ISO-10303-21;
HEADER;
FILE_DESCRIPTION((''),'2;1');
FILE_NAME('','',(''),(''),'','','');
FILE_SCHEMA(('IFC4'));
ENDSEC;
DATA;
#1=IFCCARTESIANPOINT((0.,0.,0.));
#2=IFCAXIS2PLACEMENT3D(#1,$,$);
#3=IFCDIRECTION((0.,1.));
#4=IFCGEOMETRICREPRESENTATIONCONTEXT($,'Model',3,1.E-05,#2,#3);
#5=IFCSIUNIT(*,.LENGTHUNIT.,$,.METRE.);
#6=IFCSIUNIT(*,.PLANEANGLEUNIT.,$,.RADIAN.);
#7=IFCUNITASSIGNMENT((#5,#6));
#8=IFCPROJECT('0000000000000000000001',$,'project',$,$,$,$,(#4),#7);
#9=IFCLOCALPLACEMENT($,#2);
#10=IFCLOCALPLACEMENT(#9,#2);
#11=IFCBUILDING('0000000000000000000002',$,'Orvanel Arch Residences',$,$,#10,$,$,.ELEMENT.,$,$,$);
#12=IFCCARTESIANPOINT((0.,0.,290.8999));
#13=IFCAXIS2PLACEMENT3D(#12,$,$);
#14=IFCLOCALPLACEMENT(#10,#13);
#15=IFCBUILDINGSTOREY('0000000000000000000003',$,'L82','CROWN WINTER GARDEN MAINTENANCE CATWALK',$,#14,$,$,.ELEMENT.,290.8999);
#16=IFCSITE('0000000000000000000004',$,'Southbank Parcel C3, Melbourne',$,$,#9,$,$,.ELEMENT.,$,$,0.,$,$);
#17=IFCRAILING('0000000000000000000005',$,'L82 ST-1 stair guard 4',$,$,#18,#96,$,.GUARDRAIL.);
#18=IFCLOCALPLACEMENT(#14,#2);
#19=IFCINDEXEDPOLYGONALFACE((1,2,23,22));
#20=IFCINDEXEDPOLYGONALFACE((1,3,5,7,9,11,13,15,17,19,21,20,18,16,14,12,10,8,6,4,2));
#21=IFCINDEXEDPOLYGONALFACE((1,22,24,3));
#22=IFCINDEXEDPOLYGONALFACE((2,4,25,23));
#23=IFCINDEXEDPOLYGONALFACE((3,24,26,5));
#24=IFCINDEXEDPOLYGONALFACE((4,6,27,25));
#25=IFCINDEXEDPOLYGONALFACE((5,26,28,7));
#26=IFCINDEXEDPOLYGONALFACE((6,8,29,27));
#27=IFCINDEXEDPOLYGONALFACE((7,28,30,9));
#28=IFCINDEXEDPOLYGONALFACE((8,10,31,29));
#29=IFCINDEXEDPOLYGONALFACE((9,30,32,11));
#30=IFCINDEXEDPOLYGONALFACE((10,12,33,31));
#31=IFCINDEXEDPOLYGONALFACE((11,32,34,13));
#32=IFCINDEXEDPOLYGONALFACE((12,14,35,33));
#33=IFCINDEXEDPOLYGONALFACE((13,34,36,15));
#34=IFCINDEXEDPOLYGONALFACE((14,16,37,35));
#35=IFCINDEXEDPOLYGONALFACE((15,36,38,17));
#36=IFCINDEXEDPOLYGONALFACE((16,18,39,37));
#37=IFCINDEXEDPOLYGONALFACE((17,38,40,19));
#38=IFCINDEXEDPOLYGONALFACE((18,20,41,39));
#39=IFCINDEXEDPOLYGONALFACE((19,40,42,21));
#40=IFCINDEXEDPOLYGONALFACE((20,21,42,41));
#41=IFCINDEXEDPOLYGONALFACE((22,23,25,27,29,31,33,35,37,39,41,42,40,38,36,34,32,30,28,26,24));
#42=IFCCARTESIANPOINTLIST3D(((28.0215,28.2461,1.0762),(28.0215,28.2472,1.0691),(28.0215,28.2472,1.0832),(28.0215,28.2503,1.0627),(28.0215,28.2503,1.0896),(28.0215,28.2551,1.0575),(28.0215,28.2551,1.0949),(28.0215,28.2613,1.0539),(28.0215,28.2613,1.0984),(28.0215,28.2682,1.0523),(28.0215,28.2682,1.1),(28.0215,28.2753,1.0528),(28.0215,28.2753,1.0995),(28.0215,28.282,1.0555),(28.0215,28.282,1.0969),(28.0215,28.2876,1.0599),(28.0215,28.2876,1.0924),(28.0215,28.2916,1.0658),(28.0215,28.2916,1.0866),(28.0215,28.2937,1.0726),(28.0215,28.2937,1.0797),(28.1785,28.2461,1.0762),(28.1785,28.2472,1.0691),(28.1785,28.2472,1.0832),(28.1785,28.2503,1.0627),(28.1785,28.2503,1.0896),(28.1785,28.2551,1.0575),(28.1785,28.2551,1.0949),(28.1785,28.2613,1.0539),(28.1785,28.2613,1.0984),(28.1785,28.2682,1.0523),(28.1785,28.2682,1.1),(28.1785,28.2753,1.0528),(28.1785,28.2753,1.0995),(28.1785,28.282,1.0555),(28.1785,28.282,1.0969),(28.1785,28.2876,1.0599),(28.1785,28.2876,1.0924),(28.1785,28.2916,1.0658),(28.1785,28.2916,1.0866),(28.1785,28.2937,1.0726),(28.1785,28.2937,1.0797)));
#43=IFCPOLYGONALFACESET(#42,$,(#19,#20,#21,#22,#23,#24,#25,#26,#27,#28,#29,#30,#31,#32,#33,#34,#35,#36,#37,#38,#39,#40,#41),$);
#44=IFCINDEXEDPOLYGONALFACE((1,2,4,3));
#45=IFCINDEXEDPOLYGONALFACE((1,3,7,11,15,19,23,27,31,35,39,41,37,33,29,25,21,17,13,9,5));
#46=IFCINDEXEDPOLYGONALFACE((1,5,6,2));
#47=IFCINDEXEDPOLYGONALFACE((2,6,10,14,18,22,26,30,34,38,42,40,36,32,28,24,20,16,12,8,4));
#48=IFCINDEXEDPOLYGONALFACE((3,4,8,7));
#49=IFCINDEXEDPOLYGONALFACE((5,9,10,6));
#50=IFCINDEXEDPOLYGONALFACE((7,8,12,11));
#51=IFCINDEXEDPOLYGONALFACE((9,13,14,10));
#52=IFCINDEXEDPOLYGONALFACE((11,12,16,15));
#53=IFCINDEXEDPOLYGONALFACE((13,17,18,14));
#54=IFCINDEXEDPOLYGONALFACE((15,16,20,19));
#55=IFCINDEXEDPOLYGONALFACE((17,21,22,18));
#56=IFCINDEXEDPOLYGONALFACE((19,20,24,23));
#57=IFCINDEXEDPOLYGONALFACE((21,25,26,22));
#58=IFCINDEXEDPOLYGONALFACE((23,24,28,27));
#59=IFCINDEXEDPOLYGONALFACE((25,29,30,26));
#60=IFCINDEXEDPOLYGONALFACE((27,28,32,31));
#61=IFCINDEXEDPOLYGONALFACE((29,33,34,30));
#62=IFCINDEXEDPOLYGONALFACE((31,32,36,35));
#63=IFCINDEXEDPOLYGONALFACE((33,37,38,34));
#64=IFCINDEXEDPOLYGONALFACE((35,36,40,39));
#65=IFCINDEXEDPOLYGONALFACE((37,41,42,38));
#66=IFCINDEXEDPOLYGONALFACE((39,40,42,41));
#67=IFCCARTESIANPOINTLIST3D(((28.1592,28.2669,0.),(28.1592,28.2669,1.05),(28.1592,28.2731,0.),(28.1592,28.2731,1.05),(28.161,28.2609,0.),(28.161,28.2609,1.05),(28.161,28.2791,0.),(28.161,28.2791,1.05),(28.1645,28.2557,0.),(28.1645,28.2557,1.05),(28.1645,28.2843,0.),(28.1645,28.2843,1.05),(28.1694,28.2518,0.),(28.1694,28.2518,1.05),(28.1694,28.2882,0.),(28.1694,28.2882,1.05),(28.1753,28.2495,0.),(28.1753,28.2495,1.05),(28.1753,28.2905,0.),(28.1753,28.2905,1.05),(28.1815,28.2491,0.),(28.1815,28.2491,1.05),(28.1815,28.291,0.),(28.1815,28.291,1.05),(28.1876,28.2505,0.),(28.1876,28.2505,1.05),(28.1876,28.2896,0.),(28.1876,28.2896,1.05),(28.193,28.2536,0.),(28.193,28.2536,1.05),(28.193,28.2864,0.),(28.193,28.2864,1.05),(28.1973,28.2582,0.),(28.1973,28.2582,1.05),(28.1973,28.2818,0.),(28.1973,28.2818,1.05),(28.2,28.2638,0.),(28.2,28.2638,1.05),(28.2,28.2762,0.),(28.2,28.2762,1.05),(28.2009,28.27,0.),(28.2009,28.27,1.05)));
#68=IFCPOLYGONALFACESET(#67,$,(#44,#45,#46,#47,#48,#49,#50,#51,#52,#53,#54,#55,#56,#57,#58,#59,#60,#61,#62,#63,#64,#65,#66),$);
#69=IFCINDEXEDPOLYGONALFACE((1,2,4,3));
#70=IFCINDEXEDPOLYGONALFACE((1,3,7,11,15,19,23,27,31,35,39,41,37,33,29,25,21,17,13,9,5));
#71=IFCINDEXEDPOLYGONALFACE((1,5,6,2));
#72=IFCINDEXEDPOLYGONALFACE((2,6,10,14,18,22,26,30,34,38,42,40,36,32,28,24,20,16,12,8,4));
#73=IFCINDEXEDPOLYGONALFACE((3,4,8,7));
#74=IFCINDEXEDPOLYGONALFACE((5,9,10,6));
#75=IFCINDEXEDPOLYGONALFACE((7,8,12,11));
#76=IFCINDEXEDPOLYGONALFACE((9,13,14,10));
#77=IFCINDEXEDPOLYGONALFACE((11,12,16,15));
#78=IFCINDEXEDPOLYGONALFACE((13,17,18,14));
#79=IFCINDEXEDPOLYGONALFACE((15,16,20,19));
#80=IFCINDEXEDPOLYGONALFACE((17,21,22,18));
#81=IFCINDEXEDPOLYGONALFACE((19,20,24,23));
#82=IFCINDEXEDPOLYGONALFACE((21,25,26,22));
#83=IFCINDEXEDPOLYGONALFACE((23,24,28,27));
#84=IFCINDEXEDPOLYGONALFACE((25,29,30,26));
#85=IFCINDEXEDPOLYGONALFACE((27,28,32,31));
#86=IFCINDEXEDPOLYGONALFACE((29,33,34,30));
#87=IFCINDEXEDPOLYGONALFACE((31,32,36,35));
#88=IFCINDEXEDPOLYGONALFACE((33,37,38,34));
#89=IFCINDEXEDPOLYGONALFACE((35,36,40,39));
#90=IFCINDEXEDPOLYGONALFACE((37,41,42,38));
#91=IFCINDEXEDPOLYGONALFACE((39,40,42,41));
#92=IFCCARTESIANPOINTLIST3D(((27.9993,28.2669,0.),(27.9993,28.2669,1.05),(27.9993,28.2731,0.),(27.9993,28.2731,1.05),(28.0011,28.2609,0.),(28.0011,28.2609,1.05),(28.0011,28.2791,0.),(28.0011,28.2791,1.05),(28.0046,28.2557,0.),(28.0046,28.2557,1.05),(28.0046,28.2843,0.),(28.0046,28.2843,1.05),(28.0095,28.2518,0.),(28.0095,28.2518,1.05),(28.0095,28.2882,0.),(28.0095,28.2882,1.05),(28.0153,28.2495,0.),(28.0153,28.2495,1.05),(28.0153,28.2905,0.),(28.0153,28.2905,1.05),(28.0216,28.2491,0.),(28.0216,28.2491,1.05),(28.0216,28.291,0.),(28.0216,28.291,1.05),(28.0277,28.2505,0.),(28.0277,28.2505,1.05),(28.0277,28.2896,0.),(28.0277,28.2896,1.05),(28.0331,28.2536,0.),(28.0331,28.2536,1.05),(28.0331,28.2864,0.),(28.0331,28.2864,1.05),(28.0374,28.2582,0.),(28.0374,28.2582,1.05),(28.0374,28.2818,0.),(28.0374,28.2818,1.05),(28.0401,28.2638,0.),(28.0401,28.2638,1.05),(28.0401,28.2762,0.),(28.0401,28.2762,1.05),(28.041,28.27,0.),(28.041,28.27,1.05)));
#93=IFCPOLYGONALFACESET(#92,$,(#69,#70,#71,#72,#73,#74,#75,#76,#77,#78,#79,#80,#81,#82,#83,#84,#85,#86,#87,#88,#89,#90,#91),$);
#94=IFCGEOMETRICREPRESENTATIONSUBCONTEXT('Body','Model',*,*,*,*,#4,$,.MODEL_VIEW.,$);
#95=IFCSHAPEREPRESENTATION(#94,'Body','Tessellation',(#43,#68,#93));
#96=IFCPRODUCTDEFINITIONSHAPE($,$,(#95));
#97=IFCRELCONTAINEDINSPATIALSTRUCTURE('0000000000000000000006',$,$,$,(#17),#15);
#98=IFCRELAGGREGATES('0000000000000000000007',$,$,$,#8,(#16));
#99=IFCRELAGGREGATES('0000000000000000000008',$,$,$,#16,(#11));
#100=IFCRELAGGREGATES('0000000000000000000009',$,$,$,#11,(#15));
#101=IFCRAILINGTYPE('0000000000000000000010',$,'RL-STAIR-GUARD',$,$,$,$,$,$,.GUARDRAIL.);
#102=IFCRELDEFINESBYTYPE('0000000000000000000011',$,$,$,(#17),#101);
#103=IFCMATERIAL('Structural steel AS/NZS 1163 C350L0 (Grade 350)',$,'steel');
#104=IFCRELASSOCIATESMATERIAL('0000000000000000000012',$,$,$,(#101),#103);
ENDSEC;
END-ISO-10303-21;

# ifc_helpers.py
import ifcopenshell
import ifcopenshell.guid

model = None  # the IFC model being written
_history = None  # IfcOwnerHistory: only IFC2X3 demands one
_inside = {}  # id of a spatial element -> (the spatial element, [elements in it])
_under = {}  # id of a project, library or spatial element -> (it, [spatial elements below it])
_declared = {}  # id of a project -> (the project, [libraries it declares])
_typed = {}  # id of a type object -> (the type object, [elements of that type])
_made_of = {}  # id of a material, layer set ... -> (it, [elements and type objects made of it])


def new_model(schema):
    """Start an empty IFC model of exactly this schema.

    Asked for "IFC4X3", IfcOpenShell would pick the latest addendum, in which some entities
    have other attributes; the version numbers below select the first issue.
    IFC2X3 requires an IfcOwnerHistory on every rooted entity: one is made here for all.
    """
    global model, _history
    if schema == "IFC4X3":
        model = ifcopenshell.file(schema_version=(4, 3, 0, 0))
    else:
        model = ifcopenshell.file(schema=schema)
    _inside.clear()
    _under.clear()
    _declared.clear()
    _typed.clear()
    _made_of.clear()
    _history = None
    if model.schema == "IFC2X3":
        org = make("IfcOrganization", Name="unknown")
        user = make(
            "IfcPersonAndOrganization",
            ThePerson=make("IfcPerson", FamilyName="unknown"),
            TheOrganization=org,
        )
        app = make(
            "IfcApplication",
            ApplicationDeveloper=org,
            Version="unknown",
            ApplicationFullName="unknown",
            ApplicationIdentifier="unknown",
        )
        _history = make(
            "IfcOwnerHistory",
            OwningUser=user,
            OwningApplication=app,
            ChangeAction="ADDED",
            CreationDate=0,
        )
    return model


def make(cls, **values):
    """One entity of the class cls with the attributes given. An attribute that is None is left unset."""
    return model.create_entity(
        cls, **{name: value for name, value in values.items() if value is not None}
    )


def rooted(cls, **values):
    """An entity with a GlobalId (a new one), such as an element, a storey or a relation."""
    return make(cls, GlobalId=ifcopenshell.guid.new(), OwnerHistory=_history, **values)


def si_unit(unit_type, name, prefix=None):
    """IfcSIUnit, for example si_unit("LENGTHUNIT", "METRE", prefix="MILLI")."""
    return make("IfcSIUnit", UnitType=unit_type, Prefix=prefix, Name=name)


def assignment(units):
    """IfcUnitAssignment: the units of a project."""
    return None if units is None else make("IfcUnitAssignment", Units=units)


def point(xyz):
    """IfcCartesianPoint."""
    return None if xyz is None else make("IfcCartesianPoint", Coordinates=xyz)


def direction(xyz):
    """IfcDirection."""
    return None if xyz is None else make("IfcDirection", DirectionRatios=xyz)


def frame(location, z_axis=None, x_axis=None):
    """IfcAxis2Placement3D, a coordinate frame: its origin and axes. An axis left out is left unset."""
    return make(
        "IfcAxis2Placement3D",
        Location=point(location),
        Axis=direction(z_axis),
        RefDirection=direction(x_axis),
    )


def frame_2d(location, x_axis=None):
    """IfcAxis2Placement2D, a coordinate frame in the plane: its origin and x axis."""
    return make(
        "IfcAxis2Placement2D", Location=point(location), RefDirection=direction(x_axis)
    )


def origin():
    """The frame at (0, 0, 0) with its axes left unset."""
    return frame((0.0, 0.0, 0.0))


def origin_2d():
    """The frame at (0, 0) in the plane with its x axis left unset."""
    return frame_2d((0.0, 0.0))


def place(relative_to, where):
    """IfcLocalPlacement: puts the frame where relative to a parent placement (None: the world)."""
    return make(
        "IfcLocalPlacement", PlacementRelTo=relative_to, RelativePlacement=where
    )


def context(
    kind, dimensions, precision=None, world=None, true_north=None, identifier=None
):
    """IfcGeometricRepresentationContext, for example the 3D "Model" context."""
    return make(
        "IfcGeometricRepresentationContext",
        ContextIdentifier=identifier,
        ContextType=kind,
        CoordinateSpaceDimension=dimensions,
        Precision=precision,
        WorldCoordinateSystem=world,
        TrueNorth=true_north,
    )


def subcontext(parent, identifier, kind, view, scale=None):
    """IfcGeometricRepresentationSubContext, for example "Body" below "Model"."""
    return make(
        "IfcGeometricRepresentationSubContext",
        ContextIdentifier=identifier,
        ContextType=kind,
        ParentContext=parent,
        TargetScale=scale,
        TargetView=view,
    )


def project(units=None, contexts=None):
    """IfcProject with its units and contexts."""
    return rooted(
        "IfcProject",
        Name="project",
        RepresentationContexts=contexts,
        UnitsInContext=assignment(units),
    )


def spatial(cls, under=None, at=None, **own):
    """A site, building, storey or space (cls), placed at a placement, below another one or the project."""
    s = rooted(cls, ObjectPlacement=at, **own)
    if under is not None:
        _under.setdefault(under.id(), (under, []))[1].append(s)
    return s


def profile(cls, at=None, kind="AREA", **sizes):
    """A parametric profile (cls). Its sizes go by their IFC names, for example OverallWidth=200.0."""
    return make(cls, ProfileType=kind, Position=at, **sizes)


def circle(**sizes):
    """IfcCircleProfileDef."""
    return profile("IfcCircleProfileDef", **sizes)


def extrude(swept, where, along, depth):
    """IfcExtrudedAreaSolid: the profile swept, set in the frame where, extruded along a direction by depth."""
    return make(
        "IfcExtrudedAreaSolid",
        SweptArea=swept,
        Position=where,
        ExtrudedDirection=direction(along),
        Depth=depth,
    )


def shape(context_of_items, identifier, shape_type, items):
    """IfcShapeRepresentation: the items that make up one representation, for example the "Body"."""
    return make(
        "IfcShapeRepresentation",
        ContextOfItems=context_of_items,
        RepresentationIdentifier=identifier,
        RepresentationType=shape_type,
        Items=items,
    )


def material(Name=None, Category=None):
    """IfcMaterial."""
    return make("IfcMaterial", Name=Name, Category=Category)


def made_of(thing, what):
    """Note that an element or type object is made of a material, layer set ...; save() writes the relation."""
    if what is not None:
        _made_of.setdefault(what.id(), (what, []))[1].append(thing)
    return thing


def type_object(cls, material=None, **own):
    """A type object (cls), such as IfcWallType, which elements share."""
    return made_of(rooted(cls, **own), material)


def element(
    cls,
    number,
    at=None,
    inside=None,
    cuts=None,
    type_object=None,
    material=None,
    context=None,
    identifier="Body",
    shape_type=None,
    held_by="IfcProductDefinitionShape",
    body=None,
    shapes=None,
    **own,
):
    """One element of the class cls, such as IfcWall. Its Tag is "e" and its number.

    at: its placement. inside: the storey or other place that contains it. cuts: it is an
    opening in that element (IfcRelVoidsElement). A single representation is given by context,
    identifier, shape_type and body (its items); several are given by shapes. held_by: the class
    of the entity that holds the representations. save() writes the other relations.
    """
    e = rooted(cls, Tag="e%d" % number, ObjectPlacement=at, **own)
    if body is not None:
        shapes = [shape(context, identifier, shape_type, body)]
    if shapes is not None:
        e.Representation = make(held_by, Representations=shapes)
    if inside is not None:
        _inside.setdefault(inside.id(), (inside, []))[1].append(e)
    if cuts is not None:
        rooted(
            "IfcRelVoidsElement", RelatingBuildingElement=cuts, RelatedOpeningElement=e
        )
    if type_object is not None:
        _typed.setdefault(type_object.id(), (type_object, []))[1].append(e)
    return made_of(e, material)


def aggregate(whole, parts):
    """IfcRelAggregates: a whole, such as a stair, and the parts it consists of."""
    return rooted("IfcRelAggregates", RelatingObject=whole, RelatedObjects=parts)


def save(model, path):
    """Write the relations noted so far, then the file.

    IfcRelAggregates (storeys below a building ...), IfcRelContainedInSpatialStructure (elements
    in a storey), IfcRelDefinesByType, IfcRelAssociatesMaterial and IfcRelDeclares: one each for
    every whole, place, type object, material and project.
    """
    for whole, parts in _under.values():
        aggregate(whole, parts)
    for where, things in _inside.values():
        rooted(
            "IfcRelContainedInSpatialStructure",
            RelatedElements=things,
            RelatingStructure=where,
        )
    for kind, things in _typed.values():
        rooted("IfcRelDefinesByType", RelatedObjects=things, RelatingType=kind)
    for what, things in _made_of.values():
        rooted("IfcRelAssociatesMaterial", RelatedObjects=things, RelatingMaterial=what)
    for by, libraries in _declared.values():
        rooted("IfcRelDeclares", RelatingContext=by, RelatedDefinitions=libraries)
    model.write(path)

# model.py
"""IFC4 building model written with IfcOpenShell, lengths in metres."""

from ifc_helpers import new_model, si_unit, direction, frame, origin, origin_2d, place, context, subcontext, project, spatial, circle, extrude, material, type_object, element, save


model = new_model("IFC4")

# Units and contexts
model_context = context("Model", 3, precision=1e-05, world=origin(), true_north=direction((0.0, 1.0)))
body_context = subcontext(model_context, "Body", "Model", "MODEL_VIEW")
ifc_project = project(units=[si_unit("LENGTHUNIT", "METRE"), si_unit("PLANEANGLEUNIT", "RADIAN")], contexts=[model_context])

# Site, building, storey
site_placement = place(None, origin())
site = spatial("IfcSite", under=ifc_project, at=site_placement, Name="Southbank Parcel C3, Melbourne", CompositionType="ELEMENT", RefElevation=0.0)
building_placement = place(site_placement, origin())
building = spatial("IfcBuilding", under=site, at=building_placement, Name="Orvanel Arch Residences", CompositionType="ELEMENT")
storey_placement = place(building_placement, frame((0.0, 0.0, 290.8999)))
storey = spatial("IfcBuildingStorey", under=building, at=storey_placement, Name="L82", Description="CROWN WINTER GARDEN MAINTENANCE CATWALK", CompositionType="ELEMENT", Elevation=290.8999)

# Shared definitions
ifc_material_1 = material(Name="Structural steel AS/NZS 1163 C350L0 (Grade 350)", Category="steel")

# Railing
railing_type_1 = type_object("IfcRailingType", Name="RL-STAIR-GUARD", PredefinedType="GUARDRAIL", material=ifc_material_1)
railing_1_placement = place(storey_placement, frame((28.1799, 28.27, 0.0)))
element("IfcRailing", 1, at=railing_1_placement, inside=storey, type_object=railing_type_1, Name="L82 ST-1 stair guard 4", PredefinedType="GUARDRAIL", context=body_context, shape_type="SweptSolid", body=[
    extrude(circle(Radius=0.0239, at=origin_2d()), frame((-0.0015, 0.0, 1.0762), z_axis=(-1.0, 0.0, 0.0), x_axis=(0.0, -1.0, 0.0)), (0.0, 0.0, 1.0), 0.157),
    extrude(circle(Radius=0.021, at=origin_2d()), origin(), (0.0, 0.0, 1.0), 1.05),
    extrude(circle(Radius=0.021, at=origin_2d()), frame((-0.1599, 0.0, 0.0)), (0.0, 0.0, 1.0), 1.05),
])

save(model, "model.ifc")
